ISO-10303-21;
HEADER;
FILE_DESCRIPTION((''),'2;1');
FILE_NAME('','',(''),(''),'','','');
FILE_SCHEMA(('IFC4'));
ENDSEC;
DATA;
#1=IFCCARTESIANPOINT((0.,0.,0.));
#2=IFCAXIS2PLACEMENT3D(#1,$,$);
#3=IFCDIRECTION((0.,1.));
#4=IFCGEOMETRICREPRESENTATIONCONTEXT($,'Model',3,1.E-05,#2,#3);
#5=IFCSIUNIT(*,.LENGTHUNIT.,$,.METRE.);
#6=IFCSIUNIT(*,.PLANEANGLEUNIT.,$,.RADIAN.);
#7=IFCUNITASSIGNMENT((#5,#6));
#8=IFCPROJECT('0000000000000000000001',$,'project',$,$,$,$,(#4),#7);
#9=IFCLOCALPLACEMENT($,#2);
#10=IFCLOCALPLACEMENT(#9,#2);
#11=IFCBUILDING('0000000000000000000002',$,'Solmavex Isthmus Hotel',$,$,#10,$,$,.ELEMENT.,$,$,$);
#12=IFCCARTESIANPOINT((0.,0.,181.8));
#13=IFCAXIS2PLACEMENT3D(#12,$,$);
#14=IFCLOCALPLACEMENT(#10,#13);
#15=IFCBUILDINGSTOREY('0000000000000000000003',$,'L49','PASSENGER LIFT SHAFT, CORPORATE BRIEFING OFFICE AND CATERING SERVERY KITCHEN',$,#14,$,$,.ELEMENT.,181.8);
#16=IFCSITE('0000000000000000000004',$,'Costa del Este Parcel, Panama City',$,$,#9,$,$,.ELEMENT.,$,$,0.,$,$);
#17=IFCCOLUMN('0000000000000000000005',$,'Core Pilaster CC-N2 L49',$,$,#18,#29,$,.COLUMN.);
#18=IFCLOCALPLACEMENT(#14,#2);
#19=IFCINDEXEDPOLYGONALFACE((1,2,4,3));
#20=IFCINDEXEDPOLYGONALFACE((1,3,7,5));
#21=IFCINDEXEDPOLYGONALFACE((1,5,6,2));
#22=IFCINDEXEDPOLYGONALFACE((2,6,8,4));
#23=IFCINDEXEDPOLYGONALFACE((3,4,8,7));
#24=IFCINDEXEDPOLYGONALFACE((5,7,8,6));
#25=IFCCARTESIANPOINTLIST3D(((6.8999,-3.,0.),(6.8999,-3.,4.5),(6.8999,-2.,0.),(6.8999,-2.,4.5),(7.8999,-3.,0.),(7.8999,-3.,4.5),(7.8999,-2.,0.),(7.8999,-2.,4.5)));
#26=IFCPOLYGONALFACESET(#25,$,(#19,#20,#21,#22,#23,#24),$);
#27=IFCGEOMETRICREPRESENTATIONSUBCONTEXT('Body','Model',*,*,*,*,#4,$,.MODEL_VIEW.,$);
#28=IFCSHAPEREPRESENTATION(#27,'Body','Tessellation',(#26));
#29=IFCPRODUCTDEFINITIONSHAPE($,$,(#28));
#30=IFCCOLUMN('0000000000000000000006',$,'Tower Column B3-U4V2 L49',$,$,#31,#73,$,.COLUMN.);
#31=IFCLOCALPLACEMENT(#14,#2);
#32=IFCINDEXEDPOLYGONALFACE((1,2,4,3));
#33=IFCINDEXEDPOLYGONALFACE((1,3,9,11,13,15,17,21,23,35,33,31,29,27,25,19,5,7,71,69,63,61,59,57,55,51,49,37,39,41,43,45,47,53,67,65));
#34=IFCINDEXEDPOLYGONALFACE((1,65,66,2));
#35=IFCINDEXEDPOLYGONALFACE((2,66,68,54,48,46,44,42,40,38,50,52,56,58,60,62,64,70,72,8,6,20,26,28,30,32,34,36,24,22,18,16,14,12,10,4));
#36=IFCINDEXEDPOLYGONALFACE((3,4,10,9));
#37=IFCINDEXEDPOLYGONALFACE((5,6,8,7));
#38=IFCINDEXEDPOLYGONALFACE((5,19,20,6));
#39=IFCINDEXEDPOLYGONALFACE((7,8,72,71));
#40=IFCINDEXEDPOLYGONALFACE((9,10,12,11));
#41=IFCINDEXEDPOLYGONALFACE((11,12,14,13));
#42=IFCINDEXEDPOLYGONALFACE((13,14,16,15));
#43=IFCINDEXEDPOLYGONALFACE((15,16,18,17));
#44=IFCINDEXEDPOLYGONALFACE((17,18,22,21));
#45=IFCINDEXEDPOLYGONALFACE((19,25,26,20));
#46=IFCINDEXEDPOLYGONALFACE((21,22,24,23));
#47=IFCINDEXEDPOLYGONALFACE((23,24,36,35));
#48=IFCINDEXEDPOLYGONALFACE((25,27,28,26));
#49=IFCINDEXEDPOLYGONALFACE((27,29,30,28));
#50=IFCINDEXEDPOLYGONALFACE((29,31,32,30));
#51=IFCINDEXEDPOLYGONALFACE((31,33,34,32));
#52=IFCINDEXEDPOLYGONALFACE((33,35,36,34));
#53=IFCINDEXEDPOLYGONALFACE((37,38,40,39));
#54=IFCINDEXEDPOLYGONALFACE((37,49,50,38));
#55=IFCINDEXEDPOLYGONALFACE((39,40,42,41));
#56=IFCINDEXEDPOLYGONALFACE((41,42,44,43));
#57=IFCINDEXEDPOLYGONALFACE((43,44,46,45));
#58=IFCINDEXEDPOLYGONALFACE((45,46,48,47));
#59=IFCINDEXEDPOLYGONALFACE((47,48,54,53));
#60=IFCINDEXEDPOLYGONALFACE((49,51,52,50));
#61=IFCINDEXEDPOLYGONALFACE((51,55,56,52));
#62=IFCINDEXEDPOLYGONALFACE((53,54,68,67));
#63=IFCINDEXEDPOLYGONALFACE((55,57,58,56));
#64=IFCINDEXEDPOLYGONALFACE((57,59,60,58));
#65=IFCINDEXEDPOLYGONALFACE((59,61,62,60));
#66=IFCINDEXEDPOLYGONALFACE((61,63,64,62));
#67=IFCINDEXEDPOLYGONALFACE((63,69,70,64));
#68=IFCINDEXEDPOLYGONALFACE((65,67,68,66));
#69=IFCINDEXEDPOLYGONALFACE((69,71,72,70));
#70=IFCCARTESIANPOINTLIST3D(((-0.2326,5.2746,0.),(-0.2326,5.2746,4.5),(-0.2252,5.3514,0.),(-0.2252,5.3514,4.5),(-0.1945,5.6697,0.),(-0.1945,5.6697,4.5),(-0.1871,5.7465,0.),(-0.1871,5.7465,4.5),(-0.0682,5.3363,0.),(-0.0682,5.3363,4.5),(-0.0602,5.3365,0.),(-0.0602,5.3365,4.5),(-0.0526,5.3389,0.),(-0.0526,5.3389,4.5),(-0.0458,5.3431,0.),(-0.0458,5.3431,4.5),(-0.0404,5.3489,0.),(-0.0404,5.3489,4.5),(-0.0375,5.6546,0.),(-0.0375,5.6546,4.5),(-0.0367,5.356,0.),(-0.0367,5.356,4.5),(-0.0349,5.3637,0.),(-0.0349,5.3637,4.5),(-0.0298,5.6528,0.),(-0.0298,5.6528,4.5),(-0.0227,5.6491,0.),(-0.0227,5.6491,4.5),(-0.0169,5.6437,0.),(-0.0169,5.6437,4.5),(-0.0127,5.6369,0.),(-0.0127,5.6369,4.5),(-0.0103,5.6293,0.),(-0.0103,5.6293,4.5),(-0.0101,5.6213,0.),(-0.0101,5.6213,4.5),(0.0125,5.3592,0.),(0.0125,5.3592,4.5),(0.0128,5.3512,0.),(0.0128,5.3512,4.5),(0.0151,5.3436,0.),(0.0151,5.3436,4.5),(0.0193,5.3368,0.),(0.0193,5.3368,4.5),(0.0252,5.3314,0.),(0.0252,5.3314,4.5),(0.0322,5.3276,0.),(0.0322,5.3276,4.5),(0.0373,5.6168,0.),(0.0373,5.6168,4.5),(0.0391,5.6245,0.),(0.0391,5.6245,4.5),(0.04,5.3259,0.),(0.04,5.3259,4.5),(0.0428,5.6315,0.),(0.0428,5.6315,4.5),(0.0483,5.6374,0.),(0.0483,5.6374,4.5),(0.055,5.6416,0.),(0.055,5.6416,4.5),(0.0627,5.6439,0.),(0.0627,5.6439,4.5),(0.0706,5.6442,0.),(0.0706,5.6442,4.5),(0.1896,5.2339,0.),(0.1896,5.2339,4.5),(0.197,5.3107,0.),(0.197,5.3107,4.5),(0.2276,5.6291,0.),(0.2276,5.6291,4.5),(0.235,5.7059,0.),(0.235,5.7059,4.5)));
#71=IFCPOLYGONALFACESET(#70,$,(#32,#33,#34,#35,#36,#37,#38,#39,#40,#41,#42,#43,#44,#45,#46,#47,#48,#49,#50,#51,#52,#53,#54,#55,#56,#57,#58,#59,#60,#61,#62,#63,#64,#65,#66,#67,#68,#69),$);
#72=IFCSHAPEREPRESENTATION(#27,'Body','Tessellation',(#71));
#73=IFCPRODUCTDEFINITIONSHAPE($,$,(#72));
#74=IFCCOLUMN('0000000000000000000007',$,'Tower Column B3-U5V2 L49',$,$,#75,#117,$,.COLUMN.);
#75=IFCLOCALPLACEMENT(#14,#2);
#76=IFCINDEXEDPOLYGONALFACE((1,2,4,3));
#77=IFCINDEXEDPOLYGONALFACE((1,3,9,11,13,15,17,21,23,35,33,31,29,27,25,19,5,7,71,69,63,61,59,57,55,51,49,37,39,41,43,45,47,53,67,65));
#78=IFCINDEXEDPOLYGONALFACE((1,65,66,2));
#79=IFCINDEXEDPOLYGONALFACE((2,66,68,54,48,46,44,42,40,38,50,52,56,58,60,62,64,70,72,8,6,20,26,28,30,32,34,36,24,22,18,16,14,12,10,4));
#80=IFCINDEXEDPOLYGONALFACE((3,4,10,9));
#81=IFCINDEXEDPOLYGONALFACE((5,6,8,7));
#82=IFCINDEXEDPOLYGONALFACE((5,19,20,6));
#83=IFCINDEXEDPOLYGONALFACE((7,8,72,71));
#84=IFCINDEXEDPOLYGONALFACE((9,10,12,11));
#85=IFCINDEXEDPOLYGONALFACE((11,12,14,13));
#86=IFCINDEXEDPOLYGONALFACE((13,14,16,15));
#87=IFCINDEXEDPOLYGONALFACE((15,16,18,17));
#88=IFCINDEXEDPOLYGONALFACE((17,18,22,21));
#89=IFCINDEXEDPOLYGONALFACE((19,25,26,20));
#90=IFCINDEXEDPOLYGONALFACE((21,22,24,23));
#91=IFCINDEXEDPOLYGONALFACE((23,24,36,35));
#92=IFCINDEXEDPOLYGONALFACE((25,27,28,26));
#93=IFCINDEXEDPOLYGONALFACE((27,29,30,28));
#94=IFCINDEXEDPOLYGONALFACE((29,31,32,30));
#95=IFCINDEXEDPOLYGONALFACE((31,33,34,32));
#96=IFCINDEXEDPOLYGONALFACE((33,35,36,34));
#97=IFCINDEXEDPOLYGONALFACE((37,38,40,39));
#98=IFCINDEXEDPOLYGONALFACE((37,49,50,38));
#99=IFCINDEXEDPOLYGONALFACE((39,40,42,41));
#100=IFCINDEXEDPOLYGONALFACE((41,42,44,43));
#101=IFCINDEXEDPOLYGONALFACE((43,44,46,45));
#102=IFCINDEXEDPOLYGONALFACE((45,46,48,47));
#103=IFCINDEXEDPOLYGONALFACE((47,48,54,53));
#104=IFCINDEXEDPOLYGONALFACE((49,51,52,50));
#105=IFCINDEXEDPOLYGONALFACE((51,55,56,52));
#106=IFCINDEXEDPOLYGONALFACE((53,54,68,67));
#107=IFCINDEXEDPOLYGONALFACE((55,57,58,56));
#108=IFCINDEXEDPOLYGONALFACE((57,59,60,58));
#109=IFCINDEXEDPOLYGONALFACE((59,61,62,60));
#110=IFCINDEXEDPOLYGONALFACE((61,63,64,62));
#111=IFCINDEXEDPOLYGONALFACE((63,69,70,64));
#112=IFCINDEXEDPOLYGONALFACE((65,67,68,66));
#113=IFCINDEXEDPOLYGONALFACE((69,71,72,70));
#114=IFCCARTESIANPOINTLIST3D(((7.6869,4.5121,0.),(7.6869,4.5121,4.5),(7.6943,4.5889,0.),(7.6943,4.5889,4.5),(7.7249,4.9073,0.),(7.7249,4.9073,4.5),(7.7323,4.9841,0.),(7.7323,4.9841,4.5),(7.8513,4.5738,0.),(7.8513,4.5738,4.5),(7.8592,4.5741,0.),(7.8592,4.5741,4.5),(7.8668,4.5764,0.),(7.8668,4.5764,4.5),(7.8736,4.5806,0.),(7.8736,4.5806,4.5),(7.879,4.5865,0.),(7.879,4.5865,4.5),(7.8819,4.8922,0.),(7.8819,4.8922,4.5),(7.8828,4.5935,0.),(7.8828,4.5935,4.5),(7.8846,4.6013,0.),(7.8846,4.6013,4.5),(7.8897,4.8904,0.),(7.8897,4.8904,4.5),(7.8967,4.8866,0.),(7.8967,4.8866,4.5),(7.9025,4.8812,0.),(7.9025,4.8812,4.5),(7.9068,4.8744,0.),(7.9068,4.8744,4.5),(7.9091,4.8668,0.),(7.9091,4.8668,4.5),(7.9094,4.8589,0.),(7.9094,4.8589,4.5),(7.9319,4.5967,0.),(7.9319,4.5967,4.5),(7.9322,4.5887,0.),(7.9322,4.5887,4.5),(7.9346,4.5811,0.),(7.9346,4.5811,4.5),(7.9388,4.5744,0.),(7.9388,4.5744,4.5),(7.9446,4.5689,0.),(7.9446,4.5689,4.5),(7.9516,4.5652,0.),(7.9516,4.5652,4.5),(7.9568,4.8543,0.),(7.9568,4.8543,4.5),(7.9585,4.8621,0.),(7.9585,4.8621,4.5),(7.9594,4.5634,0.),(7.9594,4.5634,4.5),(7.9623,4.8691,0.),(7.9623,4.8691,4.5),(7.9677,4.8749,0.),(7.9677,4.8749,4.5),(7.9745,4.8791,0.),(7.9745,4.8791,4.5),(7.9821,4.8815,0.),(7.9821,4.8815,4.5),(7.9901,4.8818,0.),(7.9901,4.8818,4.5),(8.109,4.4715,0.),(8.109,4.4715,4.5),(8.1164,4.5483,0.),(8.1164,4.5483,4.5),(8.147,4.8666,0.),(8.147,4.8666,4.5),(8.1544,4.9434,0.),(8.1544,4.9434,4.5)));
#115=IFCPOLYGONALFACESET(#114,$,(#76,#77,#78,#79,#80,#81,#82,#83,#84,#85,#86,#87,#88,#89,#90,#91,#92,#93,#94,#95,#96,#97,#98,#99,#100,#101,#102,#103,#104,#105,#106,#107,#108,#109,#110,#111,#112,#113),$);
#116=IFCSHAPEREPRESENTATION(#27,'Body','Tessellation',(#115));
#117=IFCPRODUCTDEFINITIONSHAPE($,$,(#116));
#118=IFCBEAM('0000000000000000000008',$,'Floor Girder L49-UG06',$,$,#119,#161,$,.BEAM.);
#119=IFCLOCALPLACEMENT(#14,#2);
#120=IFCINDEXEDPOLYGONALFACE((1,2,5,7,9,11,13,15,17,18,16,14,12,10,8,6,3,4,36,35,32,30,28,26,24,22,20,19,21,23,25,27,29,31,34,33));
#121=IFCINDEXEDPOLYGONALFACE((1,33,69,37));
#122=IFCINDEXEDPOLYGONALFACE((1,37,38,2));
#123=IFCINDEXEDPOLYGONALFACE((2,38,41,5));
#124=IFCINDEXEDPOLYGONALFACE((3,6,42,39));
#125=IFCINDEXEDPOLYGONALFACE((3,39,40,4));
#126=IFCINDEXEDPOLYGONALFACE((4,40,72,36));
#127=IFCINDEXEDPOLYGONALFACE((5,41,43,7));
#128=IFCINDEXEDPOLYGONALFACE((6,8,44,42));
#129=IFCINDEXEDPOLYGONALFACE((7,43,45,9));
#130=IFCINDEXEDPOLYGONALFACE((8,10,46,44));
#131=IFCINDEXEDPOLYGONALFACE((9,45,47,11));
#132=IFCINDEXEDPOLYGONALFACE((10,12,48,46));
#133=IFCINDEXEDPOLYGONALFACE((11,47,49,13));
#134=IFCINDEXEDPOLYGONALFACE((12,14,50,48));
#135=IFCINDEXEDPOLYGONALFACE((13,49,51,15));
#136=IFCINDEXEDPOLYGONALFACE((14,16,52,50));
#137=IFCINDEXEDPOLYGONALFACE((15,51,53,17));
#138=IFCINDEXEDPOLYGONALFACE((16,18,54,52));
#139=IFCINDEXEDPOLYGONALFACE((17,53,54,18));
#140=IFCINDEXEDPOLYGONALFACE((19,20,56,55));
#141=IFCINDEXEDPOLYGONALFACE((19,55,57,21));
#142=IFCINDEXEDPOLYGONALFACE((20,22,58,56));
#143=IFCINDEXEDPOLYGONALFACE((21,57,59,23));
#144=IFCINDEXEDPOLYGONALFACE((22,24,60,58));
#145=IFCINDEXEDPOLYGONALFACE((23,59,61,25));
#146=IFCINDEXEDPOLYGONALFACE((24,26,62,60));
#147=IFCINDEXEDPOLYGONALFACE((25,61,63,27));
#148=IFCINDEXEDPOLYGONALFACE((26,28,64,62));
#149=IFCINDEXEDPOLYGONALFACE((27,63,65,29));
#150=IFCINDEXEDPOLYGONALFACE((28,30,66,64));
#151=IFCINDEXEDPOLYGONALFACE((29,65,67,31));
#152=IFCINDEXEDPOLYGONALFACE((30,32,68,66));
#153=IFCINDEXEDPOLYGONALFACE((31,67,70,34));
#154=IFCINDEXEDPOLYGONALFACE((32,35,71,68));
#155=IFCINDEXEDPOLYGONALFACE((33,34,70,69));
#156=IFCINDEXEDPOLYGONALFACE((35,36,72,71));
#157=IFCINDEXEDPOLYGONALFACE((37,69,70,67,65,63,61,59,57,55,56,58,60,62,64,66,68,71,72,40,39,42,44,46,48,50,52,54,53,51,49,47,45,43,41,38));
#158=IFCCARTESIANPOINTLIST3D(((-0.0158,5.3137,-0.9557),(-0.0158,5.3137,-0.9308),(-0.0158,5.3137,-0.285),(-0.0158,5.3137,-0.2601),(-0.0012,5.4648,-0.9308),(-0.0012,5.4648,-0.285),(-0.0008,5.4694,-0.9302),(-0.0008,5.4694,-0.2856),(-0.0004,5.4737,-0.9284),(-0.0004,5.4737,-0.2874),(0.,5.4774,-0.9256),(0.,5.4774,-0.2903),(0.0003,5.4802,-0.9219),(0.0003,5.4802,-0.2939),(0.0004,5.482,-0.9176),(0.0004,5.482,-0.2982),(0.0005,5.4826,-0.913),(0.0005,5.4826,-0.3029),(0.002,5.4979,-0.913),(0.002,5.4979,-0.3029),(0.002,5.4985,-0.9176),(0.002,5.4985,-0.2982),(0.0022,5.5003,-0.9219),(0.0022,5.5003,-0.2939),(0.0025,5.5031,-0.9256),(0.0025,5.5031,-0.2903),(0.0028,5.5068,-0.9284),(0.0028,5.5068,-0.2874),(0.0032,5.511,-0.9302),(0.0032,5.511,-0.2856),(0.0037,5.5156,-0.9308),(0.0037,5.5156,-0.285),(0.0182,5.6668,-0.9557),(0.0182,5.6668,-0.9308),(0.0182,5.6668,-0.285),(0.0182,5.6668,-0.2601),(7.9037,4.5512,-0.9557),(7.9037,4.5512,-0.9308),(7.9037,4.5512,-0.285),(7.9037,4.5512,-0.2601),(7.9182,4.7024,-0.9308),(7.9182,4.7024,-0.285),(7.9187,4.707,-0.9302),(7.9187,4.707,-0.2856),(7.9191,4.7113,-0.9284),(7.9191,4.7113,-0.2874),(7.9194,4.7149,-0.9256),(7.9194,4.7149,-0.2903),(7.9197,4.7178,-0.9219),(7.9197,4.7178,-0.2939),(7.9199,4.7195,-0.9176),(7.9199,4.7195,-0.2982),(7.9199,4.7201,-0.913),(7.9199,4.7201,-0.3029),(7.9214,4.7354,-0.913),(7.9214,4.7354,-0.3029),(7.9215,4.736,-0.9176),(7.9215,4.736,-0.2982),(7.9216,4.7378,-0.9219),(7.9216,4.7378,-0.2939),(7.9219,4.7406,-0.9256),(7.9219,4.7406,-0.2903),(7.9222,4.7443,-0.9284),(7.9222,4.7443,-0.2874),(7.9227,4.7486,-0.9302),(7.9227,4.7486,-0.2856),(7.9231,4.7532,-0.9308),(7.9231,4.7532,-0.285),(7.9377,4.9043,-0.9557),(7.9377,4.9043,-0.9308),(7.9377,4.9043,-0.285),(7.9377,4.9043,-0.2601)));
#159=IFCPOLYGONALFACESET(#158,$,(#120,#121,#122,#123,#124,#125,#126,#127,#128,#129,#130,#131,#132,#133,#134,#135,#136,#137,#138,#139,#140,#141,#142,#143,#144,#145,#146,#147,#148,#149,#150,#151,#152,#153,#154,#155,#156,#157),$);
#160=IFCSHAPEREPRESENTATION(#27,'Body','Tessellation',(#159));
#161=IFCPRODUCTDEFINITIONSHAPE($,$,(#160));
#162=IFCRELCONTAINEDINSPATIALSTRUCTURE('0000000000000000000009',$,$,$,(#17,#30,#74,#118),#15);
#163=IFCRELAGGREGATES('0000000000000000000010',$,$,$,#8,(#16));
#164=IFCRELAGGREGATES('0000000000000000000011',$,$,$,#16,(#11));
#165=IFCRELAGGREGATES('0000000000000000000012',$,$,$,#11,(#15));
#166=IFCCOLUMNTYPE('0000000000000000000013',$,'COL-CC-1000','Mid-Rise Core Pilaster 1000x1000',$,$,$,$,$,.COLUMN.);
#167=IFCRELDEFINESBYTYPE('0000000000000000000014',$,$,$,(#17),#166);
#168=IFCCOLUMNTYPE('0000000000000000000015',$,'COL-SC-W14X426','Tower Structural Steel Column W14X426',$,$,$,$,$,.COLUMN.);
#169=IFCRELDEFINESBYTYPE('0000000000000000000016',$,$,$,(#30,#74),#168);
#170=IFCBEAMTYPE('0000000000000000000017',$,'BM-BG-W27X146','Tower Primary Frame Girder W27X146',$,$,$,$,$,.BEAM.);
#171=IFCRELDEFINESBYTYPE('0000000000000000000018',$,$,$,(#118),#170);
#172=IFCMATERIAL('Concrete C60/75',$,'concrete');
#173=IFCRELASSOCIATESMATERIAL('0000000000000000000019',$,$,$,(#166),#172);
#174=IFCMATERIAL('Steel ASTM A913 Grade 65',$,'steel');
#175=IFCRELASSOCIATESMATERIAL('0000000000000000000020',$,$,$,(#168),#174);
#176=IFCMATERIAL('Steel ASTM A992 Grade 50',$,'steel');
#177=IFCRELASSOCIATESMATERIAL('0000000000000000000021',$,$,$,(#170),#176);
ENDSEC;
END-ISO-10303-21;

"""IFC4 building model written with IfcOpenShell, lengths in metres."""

from ifc_helpers import new_model, si_unit, direction, frame, origin, origin_2d, place, context, subcontext, project, spatial, rectangle, i_section, extrude, material, material_profile, profile_set, type_object, element, save


model = new_model("IFC4")

# Units and contexts
model_context = context("Model", 3, precision=1e-05, world=origin(), true_north=direction((0.0, 1.0)))
body_context = subcontext(model_context, "Body", "Model", "MODEL_VIEW")
ifc_project = project(units=[si_unit("LENGTHUNIT", "METRE"), si_unit("PLANEANGLEUNIT", "RADIAN")], contexts=[model_context])

# Site, building, storey
site_placement = place(None, origin())
site = spatial("IfcSite", under=ifc_project, at=site_placement, Name="Costa del Este Parcel, Panama City", CompositionType="ELEMENT", RefElevation=0.0)
building_placement = place(site_placement, origin())
building = spatial("IfcBuilding", under=site, at=building_placement, Name="Solmavex Isthmus Hotel", CompositionType="ELEMENT")
storey_placement = place(building_placement, frame((0.0, 0.0, 181.8)))
storey = spatial("IfcBuildingStorey", under=building, at=storey_placement, Name="L49", Description="PASSENGER LIFT SHAFT, CORPORATE BRIEFING OFFICE AND CATERING SERVERY KITCHEN", CompositionType="ELEMENT", Elevation=181.8)

# Columns
ifc_material_1 = material(Name="Concrete C60/75", Category="concrete")
ifc_material_profile_1 = material_profile(ifc_material_1, rectangle(XDim=1.0, YDim=1.0, at=origin_2d()), Name="RC1000X1000")
ifc_profile_set_1 = profile_set([ifc_material_profile_1], Name="Concrete C60/75")
column_type_1 = type_object("IfcColumnType", Name="COL-CC-1000", Description="Mid-Rise Core Pilaster 1000x1000", PredefinedType="COLUMN", material=ifc_profile_set_1)
column_placement = place(storey_placement, frame((7.3999, -2.5, 0.0), z_axis=(0.0, 0.0, 1.0), x_axis=(1.0, 0.0, 0.0)))
element("IfcColumn", 1, at=column_placement, inside=storey, type_object=column_type_1, Name="Core Pilaster CC-N2 L49", PredefinedType="COLUMN", context=body_context, shape_type="SweptSolid", body=[
    extrude(rectangle(XDim=1.0, YDim=1.0, at=origin_2d()), origin(), (0.0, 0.0, 1.0), 4.5),
])
ifc_material_2 = material(Name="Steel ASTM A913 Grade 65", Category="steel")
ifc_material_profile_2 = material_profile(ifc_material_2, i_section(OverallWidth=0.4241, OverallDepth=0.4741, WebThickness=0.0476, FlangeThickness=0.0771, FilletRadius=0.0305, at=origin_2d()), Name="W14X426")
ifc_profile_set_2 = profile_set([ifc_material_profile_2], Name="Steel ASTM A913 Grade 65")
column_type_2 = type_object("IfcColumnType", Name="COL-SC-W14X426", Description="Tower Structural Steel Column W14X426", PredefinedType="COLUMN", material=ifc_profile_set_2)
for number, where, z_axis, x_axis, name in (
    (2, (0.0012, 5.4902, 0.0), (0.0, 0.0, 1.0), (0.995396, -0.095846, 0.0), "Tower Column B3-U4V2 L49"),
    (3, (7.9207, 4.7278, 0.0), (0.0, 0.0, 1.0), (0.995396, -0.095846, 0.0), "Tower Column B3-U5V2 L49"),
):
    element("IfcColumn", number, at=place(storey_placement, frame(where, z_axis=z_axis, x_axis=x_axis)), inside=storey, type_object=column_type_2, Name=name, PredefinedType="COLUMN", context=body_context, shape_type="SweptSolid", body=[
        extrude(i_section(OverallWidth=0.4241, OverallDepth=0.4741, WebThickness=0.0476, FlangeThickness=0.0771, FilletRadius=0.0305, at=origin_2d()), origin(), (0.0, 0.0, 1.0), 4.5),
    ])

# Beam
ifc_material_3 = material(Name="Steel ASTM A992 Grade 50", Category="steel")
ifc_material_profile_3 = material_profile(ifc_material_3, i_section(OverallWidth=0.3547, OverallDepth=0.6956, WebThickness=0.0154, FlangeThickness=0.0249, FilletRadius=0.0178, at=origin_2d()), Name="W27X146")
ifc_profile_set_3 = profile_set([ifc_material_profile_3], Name="Steel ASTM A992 Grade 50")
beam_type_1 = type_object("IfcBeamType", Name="BM-BG-W27X146", Description="Tower Primary Frame Girder W27X146", PredefinedType="BEAM", material=ifc_profile_set_3)
for number, where, z_axis, x_axis, name in (
    (4, (0.0012, 5.4902, -0.6079), (0.995397, -0.095833, 0.0), (0.095833, 0.995397, 0.0), "Floor Girder L49-UG06"),
):
    element("IfcBeam", number, at=place(storey_placement, frame(where, z_axis=z_axis, x_axis=x_axis)), inside=storey, type_object=beam_type_1, Name=name, PredefinedType="BEAM", context=body_context, shape_type="SweptSolid", body=[
        extrude(i_section(OverallWidth=0.3547, OverallDepth=0.6956, WebThickness=0.0154, FlangeThickness=0.0249, FilletRadius=0.0178, at=origin_2d()), origin(), (0.0, 0.0, 1.0), 7.9561),
    ])

save(model, "model.ifc")
